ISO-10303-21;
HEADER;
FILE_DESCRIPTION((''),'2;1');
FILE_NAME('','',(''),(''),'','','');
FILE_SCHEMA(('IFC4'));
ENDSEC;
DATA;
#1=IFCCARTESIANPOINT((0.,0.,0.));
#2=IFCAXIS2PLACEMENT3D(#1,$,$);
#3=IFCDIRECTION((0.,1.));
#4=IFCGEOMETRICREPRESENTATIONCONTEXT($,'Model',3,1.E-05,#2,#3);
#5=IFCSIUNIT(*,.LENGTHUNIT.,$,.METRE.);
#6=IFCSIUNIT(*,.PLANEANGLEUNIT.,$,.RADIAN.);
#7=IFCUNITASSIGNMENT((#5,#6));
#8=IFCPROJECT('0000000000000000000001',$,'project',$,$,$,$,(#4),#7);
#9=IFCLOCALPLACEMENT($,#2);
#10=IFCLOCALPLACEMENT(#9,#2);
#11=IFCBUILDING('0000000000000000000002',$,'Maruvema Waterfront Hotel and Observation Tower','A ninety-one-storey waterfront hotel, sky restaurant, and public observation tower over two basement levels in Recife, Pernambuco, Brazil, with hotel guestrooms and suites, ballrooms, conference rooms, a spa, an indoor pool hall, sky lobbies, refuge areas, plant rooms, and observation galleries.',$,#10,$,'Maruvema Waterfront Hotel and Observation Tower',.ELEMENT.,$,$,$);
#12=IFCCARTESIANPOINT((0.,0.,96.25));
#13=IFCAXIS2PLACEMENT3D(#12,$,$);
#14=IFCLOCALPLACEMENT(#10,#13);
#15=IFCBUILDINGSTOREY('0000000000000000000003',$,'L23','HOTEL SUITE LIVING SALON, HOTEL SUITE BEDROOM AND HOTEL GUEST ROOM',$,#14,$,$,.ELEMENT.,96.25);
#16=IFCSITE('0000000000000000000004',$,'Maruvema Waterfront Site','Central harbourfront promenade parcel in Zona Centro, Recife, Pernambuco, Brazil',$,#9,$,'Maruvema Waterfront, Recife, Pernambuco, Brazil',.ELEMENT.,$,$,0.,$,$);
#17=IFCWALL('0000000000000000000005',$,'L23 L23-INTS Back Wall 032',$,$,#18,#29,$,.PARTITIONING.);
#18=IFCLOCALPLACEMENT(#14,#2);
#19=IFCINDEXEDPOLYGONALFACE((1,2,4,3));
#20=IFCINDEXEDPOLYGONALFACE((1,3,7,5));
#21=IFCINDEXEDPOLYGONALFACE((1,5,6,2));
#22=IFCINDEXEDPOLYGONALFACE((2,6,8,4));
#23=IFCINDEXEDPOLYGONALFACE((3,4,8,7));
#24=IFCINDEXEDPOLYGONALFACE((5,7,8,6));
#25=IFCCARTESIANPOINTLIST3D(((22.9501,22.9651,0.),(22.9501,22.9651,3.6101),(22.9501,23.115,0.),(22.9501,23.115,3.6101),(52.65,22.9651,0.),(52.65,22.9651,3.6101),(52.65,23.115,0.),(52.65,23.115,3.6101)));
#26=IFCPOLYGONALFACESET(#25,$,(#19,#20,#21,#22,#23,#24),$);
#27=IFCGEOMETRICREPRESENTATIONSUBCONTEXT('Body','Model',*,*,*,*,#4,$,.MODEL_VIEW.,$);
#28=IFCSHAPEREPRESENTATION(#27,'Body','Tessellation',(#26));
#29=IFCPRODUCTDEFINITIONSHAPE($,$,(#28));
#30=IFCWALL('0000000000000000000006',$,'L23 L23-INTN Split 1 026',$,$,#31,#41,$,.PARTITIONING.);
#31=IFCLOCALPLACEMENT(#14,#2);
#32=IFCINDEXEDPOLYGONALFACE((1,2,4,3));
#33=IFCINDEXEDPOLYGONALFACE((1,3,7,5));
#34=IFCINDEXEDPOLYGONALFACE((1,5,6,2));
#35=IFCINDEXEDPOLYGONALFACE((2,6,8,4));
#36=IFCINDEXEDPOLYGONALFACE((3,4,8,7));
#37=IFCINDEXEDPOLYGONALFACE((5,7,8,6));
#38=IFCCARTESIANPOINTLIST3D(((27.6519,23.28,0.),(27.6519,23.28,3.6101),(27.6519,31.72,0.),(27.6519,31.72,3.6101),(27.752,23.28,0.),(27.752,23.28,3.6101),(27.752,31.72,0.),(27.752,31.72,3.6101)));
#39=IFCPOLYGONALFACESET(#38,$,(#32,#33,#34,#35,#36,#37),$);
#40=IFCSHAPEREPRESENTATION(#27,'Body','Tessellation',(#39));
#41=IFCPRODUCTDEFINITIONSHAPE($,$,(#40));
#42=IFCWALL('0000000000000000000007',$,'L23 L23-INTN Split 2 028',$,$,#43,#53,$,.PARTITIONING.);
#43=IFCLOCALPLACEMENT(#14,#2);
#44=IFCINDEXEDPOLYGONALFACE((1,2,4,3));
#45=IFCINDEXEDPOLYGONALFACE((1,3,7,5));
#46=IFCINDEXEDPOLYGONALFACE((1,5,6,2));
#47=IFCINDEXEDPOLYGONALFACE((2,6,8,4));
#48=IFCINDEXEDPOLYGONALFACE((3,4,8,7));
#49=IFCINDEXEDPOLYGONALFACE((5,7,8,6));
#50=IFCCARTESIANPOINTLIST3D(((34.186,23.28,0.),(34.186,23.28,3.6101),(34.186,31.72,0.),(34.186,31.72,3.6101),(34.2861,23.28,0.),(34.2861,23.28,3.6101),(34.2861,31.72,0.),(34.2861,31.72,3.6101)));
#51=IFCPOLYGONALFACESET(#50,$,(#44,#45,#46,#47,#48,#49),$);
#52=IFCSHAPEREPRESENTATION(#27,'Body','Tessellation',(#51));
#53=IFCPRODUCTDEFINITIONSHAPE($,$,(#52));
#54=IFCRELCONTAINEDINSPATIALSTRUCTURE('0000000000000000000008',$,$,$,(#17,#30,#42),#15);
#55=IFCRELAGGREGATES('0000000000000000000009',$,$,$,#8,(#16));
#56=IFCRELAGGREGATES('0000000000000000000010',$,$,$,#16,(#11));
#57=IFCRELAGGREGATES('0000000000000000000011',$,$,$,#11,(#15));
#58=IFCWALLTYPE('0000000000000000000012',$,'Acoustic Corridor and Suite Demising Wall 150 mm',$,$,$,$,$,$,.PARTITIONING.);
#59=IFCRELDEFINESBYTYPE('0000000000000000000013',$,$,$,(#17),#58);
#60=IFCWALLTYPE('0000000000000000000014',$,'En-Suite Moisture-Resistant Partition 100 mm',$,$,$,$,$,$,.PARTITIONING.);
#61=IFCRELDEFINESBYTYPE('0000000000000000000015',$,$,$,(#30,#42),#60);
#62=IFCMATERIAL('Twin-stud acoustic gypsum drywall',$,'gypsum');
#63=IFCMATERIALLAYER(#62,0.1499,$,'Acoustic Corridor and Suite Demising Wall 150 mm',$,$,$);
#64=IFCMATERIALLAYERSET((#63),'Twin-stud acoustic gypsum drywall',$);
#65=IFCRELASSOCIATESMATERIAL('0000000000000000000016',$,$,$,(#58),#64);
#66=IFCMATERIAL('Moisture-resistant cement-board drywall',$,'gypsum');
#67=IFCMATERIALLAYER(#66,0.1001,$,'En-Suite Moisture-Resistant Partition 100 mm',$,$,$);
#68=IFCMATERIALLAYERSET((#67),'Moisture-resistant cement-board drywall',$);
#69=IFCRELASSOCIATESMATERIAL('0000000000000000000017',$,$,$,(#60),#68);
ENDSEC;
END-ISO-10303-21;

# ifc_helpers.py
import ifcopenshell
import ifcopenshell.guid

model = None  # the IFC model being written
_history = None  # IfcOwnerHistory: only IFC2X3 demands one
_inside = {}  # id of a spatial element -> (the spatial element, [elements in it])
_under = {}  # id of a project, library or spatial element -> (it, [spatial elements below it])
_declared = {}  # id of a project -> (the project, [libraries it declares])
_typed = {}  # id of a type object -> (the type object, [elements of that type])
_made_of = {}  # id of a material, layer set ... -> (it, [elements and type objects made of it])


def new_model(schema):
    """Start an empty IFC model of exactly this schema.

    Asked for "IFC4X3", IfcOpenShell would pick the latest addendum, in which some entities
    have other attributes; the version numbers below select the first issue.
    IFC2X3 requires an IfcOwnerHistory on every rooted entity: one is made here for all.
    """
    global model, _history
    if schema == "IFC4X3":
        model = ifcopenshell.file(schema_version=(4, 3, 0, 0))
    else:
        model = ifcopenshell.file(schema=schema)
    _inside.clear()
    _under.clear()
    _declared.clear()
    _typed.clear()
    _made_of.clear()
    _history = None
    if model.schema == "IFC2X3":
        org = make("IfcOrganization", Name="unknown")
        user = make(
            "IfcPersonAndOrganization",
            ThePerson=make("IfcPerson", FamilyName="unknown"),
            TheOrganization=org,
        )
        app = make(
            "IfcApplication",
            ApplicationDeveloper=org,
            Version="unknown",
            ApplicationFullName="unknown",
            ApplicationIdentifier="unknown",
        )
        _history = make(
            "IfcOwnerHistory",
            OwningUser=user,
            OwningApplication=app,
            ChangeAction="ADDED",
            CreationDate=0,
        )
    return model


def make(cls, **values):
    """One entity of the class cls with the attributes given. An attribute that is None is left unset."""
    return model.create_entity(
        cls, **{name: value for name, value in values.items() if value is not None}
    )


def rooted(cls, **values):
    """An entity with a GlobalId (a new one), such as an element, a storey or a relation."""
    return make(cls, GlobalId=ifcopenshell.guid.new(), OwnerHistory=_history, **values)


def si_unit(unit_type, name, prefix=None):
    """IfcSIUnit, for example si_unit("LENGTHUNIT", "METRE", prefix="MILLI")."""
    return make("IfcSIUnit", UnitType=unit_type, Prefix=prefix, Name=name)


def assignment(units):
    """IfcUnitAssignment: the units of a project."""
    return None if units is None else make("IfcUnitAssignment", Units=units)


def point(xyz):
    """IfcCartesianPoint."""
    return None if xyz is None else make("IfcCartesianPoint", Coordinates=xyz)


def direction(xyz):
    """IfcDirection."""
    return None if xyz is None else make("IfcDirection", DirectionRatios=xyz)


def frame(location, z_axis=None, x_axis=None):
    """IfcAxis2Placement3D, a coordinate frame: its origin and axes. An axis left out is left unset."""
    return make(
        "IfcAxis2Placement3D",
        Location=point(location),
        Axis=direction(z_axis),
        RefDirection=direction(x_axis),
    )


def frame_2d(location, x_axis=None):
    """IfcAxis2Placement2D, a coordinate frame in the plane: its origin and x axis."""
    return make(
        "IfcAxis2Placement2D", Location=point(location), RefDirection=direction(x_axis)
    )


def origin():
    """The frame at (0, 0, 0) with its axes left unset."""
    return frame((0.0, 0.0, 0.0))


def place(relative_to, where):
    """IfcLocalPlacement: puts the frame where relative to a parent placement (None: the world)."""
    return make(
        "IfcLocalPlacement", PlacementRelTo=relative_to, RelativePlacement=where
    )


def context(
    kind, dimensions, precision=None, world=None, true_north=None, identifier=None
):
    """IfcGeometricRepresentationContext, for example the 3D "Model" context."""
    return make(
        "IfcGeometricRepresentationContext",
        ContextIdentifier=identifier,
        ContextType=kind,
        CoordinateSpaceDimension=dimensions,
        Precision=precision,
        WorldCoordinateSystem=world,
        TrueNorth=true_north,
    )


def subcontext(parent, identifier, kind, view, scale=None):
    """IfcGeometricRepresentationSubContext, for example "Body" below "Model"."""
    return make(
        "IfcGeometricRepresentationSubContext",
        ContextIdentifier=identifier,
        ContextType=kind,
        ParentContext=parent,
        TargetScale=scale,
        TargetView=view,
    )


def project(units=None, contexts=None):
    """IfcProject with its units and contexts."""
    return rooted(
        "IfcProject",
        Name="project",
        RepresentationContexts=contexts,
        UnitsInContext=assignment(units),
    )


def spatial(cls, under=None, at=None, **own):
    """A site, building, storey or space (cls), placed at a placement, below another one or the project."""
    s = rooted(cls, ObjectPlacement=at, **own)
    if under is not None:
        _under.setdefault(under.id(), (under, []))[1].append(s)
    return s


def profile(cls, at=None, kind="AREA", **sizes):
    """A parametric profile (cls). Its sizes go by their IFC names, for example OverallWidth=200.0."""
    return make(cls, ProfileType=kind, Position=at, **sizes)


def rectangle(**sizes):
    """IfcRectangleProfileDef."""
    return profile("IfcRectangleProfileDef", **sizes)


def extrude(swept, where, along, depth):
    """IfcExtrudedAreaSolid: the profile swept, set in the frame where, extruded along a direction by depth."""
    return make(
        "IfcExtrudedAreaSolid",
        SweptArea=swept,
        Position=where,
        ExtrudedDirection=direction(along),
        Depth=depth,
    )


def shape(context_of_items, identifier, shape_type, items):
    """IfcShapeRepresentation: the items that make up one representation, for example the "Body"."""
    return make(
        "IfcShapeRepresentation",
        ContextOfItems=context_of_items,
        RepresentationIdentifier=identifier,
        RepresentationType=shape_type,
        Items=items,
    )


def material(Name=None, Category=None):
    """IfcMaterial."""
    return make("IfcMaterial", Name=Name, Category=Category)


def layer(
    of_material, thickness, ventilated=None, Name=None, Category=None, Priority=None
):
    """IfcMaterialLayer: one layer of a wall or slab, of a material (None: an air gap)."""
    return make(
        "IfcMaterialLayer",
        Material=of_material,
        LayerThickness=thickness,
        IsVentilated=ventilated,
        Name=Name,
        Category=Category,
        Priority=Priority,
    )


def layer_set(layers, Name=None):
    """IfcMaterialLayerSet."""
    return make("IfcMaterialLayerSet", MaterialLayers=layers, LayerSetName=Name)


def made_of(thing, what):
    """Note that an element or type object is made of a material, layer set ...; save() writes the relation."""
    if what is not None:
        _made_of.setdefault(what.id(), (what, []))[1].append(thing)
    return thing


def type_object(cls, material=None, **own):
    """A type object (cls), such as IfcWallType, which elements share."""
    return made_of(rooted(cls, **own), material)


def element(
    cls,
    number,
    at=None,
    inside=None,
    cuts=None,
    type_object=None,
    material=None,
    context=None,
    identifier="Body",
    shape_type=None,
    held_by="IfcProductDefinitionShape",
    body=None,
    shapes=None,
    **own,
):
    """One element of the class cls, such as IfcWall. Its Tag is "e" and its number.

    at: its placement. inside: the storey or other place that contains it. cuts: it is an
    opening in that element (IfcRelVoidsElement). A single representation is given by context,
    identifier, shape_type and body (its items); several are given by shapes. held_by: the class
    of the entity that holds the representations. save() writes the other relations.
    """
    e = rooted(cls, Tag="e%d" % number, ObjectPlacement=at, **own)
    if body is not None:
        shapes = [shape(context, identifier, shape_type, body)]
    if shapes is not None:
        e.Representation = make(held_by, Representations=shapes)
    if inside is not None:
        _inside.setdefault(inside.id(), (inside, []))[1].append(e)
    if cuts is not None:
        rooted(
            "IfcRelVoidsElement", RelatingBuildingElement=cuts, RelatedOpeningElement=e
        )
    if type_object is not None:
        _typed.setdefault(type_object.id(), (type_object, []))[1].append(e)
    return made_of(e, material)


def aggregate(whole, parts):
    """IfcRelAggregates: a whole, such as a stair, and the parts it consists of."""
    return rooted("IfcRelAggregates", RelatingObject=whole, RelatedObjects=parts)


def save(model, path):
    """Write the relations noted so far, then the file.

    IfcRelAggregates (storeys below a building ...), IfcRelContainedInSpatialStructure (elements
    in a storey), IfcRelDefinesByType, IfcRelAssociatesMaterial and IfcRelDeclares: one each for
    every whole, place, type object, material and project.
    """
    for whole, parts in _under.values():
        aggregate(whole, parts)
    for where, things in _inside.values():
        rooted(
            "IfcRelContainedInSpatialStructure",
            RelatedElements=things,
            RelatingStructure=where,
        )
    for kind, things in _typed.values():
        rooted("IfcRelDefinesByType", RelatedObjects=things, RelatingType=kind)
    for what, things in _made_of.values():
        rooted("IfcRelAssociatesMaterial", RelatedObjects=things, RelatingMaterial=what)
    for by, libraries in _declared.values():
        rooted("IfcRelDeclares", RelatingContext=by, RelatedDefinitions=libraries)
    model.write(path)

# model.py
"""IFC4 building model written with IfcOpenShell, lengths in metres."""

from ifc_helpers import new_model, si_unit, direction, frame, frame_2d, origin, place, context, subcontext, project, spatial, rectangle, extrude, material, layer, layer_set, type_object, element, save


model = new_model("IFC4")

# Units and contexts
model_context = context("Model", 3, precision=1e-05, world=origin(), true_north=direction((0.0, 1.0)))
body_context = subcontext(model_context, "Body", "Model", "MODEL_VIEW")
ifc_project = project(units=[si_unit("LENGTHUNIT", "METRE"), si_unit("PLANEANGLEUNIT", "RADIAN")], contexts=[model_context])

# Site, building, storey
site_placement = place(None, origin())
site = spatial("IfcSite", under=ifc_project, at=site_placement, Name="Maruvema Waterfront Site", Description="Central harbourfront promenade parcel in Zona Centro, Recife, Pernambuco, Brazil", LongName="Maruvema Waterfront, Recife, Pernambuco, Brazil", CompositionType="ELEMENT", RefElevation=0.0)
building_placement = place(site_placement, origin())
building = spatial("IfcBuilding", under=site, at=building_placement, Name="Maruvema Waterfront Hotel and Observation Tower", Description="A ninety-one-storey waterfront hotel, sky restaurant, and public observation tower over two basement levels in Recife, Pernambuco, Brazil, with hotel guestrooms and suites, ballrooms, conference rooms, a spa, an indoor pool hall, sky lobbies, refuge areas, plant rooms, and observation galleries.", LongName="Maruvema Waterfront Hotel and Observation Tower", CompositionType="ELEMENT")
storey_placement = place(building_placement, frame((0.0, 0.0, 96.25)))
storey = spatial("IfcBuildingStorey", under=building, at=storey_placement, Name="L23", Description="HOTEL SUITE LIVING SALON, HOTEL SUITE BEDROOM AND HOTEL GUEST ROOM", CompositionType="ELEMENT", Elevation=96.25)

# Wall
ifc_material_1 = material(Name="Twin-stud acoustic gypsum drywall", Category="gypsum")
ifc_layer_1 = layer(ifc_material_1, 0.1499, Name="Acoustic Corridor and Suite Demising Wall 150 mm")
ifc_layer_set_1 = layer_set([ifc_layer_1], Name="Twin-stud acoustic gypsum drywall")
wall_type_1 = type_object("IfcWallType", Name="Acoustic Corridor and Suite Demising Wall 150 mm", PredefinedType="PARTITIONING", material=ifc_layer_set_1)
wall_1_placement = place(storey_placement, frame((22.95, 23.04, 0.0), z_axis=(0.0, 0.0, 1.0), x_axis=(1.0, 0.0, 0.0)))
element("IfcWall", 1, at=wall_1_placement, inside=storey, type_object=wall_type_1, Name="L23 L23-INTS Back Wall 032", PredefinedType="PARTITIONING", context=body_context, shape_type="SweptSolid", body=[
    extrude(rectangle(XDim=29.7, YDim=0.1499, at=frame_2d((14.8501, 0.0))), origin(), (0.0, 0.0, 1.0), 3.6101),
])

# Walls
ifc_material_2 = material(Name="Moisture-resistant cement-board drywall", Category="gypsum")
ifc_layer_2 = layer(ifc_material_2, 0.1001, Name="En-Suite Moisture-Resistant Partition 100 mm")
ifc_layer_set_2 = layer_set([ifc_layer_2], Name="Moisture-resistant cement-board drywall")
wall_type_2 = type_object("IfcWallType", Name="En-Suite Moisture-Resistant Partition 100 mm", PredefinedType="PARTITIONING", material=ifc_layer_set_2)
for number, where, z_axis, x_axis, name in (
    (2, (27.7019, 23.28, 0.0), (0.0, 0.0, 1.0), (0.0, 1.0, 0.0), "L23 L23-INTN Split 1 026"),
    (3, (34.2361, 23.28, 0.0), (0.0, 0.0, 1.0), (0.0, 1.0, 0.0), "L23 L23-INTN Split 2 028"),
):
    element("IfcWall", number, at=place(storey_placement, frame(where, z_axis=z_axis, x_axis=x_axis)), inside=storey, type_object=wall_type_2, Name=name, PredefinedType="PARTITIONING", context=body_context, shape_type="SweptSolid", body=[
        extrude(rectangle(XDim=8.4399, YDim=0.1001, at=frame_2d((4.22, 0.0))), origin(), (0.0, 0.0, 1.0), 3.6101),
    ])

save(model, "model.ifc")
